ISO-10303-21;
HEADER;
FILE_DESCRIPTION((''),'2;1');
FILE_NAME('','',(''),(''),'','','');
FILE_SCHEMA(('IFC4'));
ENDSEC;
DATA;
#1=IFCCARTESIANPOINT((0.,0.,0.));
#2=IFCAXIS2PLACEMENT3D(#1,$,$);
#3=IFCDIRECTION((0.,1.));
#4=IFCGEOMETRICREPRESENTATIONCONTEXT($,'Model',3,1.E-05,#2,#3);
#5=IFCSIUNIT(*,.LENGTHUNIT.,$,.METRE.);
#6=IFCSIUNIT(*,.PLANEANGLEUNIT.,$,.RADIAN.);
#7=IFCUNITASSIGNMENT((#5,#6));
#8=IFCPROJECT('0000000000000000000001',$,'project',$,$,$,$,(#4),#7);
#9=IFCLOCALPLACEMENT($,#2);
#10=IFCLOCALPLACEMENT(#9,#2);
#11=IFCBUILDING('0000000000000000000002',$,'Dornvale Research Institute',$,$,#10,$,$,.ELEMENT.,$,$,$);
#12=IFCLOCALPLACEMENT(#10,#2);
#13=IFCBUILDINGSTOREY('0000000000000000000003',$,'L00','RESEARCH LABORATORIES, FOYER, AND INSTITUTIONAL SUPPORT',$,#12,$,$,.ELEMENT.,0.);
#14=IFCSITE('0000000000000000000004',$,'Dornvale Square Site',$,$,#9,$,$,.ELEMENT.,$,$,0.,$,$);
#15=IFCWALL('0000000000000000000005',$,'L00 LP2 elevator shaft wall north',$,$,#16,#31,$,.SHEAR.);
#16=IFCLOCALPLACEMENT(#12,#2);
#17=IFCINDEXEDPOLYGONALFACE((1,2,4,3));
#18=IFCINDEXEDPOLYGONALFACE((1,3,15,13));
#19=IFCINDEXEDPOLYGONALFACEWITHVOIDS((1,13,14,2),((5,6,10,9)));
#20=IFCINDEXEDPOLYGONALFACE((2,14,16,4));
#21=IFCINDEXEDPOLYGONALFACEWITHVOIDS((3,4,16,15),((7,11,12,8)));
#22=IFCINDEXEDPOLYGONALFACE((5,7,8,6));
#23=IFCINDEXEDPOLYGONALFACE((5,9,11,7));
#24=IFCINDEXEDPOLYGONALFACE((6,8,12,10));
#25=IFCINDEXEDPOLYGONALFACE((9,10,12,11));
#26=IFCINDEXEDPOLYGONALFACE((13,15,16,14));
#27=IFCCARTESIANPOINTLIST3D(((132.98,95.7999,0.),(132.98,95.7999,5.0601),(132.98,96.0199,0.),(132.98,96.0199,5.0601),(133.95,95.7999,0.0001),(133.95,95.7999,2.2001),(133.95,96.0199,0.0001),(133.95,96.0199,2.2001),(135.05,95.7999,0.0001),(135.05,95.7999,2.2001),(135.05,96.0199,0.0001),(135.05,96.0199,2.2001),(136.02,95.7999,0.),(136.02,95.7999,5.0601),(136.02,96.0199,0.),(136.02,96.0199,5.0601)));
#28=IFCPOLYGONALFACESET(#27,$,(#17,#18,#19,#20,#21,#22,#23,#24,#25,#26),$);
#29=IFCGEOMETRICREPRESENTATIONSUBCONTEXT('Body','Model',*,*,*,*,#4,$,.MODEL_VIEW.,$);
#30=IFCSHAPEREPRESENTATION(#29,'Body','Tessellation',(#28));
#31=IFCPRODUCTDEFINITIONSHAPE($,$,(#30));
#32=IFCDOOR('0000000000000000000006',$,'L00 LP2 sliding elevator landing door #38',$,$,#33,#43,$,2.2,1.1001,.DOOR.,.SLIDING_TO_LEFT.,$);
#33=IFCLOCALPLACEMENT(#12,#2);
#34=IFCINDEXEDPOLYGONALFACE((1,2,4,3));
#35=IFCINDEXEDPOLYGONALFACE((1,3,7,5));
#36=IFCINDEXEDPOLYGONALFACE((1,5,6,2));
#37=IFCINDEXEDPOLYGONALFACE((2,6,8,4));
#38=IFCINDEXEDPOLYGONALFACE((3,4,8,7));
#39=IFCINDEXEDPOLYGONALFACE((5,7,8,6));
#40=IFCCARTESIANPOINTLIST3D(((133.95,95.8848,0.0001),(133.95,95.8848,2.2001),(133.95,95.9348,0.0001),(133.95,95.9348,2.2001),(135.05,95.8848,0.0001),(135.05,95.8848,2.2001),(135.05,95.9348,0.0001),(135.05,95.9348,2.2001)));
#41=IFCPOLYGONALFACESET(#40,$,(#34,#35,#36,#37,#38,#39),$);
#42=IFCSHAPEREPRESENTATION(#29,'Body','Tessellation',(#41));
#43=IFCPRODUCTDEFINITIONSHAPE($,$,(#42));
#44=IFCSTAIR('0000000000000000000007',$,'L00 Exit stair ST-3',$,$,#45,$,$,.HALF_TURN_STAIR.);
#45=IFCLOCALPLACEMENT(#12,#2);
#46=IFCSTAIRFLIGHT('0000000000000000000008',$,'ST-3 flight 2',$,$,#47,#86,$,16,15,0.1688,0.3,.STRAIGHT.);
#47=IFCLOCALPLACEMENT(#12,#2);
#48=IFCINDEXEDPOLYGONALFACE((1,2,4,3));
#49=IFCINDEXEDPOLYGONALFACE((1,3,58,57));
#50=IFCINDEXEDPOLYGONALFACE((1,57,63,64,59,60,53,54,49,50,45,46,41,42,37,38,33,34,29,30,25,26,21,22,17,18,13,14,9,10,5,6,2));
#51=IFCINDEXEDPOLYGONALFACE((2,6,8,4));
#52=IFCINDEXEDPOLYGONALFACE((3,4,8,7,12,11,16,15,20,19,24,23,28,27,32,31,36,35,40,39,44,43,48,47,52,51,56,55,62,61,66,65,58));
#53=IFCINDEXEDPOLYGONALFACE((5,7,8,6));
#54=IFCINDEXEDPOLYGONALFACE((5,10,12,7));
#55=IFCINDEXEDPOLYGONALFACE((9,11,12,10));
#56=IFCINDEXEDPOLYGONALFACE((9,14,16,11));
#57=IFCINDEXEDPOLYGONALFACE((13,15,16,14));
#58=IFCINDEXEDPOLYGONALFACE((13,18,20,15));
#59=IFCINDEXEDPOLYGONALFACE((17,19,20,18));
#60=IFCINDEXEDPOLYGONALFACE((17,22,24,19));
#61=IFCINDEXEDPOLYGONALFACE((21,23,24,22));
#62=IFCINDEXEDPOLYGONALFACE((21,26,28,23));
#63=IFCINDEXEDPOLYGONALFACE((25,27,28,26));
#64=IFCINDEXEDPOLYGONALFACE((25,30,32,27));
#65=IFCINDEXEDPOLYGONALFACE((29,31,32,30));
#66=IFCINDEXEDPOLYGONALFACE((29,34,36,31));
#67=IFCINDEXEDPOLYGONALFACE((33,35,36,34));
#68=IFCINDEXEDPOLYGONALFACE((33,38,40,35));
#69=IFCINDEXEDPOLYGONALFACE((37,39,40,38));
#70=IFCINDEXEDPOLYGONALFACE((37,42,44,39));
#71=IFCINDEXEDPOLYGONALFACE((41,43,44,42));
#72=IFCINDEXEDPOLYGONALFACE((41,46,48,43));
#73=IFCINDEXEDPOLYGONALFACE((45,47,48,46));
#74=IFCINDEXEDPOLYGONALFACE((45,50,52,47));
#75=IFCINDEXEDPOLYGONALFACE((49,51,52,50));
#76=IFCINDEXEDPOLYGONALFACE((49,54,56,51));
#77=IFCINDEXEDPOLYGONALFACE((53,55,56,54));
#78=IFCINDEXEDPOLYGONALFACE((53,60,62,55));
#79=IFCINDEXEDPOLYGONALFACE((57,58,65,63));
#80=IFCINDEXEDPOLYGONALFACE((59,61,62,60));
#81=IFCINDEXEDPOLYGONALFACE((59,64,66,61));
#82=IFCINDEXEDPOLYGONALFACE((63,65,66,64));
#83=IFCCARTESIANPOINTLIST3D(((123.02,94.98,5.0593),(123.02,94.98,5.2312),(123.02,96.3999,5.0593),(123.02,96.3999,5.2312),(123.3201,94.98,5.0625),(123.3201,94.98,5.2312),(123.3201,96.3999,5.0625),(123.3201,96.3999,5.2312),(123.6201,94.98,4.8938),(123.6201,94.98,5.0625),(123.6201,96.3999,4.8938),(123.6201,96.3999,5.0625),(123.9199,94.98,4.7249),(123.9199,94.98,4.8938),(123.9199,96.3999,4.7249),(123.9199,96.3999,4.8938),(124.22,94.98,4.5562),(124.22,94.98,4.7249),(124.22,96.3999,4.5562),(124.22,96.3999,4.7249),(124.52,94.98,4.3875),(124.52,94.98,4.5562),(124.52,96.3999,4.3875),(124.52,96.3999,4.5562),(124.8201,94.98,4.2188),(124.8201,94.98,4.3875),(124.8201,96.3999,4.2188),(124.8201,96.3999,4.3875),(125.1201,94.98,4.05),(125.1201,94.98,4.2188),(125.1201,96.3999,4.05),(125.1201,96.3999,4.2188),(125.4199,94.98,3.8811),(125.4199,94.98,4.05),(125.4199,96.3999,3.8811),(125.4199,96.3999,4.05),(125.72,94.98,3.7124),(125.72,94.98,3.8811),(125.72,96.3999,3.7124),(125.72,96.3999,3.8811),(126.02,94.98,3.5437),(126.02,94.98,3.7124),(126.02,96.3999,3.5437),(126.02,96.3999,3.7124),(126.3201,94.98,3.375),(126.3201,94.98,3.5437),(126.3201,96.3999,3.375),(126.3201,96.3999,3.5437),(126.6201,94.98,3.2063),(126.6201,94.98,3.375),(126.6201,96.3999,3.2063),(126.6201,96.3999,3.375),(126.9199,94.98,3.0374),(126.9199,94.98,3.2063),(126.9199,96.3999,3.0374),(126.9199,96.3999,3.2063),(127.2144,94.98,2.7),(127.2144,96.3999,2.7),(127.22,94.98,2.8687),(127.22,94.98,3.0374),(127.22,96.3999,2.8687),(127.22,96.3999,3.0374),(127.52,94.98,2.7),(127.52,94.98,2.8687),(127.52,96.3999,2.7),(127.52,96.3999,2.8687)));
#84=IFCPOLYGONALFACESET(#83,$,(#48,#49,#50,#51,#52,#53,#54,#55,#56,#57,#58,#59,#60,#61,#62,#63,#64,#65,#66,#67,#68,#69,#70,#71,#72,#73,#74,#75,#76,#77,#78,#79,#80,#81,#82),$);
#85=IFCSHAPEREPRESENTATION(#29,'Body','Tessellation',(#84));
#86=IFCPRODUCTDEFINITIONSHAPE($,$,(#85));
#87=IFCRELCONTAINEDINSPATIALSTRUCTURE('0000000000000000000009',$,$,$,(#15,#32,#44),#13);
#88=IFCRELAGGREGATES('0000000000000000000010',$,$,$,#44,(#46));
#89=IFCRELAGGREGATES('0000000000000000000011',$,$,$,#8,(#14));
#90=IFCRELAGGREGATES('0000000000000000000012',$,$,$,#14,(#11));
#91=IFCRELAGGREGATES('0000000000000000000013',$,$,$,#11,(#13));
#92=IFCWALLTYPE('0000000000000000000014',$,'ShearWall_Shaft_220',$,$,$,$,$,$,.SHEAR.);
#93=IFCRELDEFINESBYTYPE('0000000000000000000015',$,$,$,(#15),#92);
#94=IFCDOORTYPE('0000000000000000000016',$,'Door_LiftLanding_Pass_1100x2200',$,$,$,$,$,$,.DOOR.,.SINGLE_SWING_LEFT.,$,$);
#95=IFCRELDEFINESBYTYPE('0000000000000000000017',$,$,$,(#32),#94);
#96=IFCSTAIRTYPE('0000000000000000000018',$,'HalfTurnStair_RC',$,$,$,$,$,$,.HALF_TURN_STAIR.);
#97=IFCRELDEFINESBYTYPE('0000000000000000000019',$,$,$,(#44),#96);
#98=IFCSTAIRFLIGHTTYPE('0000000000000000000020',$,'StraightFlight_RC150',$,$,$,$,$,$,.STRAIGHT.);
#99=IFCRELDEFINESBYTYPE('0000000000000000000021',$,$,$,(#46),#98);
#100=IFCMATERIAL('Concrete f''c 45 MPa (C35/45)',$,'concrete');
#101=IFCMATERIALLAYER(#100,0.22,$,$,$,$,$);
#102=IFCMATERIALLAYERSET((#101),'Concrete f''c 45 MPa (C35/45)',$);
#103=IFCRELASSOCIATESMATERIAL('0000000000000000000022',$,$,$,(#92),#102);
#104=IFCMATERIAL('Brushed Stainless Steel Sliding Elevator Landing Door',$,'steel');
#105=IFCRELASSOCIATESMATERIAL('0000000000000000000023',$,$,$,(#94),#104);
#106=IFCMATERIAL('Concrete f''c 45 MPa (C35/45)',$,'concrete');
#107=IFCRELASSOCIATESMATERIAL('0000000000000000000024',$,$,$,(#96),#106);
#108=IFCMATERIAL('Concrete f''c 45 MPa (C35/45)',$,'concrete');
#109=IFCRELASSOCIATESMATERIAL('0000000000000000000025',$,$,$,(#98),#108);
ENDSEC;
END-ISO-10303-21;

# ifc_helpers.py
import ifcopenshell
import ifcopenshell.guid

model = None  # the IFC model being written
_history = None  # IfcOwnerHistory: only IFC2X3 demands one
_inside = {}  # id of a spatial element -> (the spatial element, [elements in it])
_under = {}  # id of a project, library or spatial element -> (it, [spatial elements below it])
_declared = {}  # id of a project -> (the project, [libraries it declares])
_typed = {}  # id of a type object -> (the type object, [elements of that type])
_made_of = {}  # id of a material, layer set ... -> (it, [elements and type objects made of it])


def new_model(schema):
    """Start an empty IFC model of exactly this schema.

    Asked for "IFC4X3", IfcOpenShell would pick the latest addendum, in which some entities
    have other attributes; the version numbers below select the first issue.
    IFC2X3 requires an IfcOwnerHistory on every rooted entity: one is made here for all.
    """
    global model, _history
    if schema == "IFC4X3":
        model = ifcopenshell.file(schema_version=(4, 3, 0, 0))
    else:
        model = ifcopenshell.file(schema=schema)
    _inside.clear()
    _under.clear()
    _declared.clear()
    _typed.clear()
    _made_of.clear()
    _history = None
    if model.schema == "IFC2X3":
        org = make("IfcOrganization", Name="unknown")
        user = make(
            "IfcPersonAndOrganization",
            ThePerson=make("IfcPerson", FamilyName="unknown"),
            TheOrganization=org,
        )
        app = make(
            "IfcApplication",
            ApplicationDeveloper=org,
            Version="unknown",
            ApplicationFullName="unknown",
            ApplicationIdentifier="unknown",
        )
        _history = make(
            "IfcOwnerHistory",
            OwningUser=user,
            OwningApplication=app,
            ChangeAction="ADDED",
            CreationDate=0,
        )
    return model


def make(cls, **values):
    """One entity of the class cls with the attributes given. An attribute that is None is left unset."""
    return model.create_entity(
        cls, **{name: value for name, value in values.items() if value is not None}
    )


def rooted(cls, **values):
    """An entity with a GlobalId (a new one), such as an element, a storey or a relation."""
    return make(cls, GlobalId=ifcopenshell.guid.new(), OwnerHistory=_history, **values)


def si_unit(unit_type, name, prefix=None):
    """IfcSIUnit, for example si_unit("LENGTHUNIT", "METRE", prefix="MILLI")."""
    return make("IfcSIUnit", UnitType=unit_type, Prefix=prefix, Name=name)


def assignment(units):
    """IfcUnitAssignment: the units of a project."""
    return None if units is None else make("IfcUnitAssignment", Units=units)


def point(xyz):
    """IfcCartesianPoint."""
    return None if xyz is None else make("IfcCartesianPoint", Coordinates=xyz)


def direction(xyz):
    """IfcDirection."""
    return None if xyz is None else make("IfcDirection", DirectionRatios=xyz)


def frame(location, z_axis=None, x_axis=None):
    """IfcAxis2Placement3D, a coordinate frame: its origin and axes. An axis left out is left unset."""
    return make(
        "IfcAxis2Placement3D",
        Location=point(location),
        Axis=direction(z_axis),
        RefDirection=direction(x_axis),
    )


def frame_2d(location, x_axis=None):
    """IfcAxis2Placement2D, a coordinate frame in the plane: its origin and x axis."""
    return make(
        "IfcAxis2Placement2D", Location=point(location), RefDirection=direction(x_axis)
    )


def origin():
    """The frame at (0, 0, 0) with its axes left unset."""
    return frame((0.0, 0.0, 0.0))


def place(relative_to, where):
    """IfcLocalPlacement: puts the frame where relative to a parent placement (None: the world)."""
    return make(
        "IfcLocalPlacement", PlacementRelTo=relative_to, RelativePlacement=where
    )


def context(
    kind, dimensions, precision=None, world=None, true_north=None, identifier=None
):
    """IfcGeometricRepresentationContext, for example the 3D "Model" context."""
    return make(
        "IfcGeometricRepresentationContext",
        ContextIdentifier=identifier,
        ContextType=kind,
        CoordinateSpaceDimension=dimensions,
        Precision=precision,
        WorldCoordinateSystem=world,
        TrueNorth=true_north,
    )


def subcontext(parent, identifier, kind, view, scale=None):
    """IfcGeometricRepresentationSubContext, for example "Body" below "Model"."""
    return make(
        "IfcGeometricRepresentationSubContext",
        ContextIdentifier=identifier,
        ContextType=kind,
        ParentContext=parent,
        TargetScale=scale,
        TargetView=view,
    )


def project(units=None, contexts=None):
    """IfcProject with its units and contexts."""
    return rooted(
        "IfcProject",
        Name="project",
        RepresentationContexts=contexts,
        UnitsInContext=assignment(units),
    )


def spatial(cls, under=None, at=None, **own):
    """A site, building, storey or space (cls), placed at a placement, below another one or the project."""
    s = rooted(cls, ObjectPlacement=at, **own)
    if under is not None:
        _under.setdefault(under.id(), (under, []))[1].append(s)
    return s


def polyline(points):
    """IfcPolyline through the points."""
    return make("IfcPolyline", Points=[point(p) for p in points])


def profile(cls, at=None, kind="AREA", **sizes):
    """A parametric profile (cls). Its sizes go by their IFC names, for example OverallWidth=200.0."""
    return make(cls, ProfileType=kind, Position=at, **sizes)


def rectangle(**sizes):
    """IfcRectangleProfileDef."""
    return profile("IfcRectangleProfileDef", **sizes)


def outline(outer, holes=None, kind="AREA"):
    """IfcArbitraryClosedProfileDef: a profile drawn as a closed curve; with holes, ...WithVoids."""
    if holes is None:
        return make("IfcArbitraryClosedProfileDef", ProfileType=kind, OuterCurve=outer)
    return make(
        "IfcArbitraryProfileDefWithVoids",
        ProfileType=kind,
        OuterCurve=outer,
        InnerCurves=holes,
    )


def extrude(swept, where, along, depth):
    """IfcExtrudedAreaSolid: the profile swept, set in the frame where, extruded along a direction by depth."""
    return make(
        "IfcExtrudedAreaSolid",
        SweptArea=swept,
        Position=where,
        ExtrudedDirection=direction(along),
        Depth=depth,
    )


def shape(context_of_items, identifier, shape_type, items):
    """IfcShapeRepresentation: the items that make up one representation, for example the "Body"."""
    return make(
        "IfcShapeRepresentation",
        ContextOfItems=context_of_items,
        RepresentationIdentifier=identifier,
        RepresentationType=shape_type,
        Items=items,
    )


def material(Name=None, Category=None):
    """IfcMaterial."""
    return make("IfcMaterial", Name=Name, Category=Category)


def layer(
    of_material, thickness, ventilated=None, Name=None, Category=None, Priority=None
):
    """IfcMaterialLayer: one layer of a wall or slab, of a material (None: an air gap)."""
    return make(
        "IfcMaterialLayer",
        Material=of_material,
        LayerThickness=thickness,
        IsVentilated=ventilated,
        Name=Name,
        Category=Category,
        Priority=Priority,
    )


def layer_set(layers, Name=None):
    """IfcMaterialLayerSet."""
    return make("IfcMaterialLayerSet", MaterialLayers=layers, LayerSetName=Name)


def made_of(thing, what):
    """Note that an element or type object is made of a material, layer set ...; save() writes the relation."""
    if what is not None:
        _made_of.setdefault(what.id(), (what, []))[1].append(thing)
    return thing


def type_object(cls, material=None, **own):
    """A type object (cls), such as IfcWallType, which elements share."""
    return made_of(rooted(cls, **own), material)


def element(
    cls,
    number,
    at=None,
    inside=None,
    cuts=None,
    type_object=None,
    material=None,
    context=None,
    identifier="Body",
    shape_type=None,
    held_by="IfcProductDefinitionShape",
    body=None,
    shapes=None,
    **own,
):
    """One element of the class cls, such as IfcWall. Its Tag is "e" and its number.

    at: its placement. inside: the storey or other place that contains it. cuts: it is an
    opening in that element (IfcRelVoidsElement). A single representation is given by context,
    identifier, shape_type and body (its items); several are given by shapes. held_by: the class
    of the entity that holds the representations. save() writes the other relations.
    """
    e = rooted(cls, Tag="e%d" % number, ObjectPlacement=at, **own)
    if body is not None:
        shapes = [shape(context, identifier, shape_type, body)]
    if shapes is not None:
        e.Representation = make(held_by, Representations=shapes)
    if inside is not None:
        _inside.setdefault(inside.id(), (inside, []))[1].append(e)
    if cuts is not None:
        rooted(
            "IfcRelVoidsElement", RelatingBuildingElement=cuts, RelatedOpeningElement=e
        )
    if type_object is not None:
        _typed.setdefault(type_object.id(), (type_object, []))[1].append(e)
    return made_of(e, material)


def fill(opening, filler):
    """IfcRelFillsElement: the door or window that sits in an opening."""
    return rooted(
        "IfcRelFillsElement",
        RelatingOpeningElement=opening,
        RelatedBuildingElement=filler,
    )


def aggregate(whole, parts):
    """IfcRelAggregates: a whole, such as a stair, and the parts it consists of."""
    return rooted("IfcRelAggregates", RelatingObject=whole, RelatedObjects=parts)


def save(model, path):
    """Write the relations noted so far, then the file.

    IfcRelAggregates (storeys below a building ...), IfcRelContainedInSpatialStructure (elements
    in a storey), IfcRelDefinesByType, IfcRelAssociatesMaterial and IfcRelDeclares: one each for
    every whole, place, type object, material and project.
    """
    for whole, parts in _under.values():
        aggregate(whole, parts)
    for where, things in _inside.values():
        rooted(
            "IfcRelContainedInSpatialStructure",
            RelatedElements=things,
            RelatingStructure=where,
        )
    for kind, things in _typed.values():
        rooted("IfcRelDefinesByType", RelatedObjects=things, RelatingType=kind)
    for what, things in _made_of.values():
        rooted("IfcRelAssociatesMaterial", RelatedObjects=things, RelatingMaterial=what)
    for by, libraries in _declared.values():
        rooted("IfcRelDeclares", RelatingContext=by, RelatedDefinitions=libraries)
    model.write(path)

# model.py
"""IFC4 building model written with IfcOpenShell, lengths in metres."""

from ifc_helpers import new_model, si_unit, direction, frame, frame_2d, origin, place, context, subcontext, project, spatial, polyline, rectangle, outline, extrude, material, layer, layer_set, type_object, element, fill, aggregate, save


model = new_model("IFC4")

# Units and contexts
model_context = context("Model", 3, precision=1e-05, world=origin(), true_north=direction((0.0, 1.0)))
body_context = subcontext(model_context, "Body", "Model", "MODEL_VIEW")
ifc_project = project(units=[si_unit("LENGTHUNIT", "METRE"), si_unit("PLANEANGLEUNIT", "RADIAN")], contexts=[model_context])

# Site, building, storey
site_placement = place(None, origin())
site = spatial("IfcSite", under=ifc_project, at=site_placement, Name="Dornvale Square Site", CompositionType="ELEMENT", RefElevation=0.0)
building_placement = place(site_placement, origin())
building = spatial("IfcBuilding", under=site, at=building_placement, Name="Dornvale Research Institute", CompositionType="ELEMENT")
storey_placement = place(building_placement, origin())
storey = spatial("IfcBuildingStorey", under=building, at=storey_placement, Name="L00", Description="RESEARCH LABORATORIES, FOYER, AND INSTITUTIONAL SUPPORT", CompositionType="ELEMENT", Elevation=0.0)

# Wall, opening, door
ifc_material_1 = material(Name="Concrete f'c 45 MPa (C35/45)", Category="concrete")
ifc_layer_1 = layer(ifc_material_1, 0.22)
ifc_layer_set_1 = layer_set([ifc_layer_1], Name="Concrete f'c 45 MPa (C35/45)")
wall_type_1 = type_object("IfcWallType", Name="ShearWall_Shaft_220", PredefinedType="SHEAR", material=ifc_layer_set_1)
wall_1_placement = place(storey_placement, frame((132.98, 95.9099, 0.0), z_axis=(0.0, 0.0, 1.0), x_axis=(1.0, 0.0, 0.0)))
wall_1 = element("IfcWall", 1, at=wall_1_placement, inside=storey, type_object=wall_type_1, Name="L00 LP2 elevator shaft wall north", PredefinedType="SHEAR", context=body_context, shape_type="SweptSolid", body=[
    extrude(rectangle(XDim=3.04, YDim=0.22, at=frame_2d((1.52, 0.0))), origin(), (0.0, 0.0, 1.0), 5.0601),
])
opening_placement = place(wall_1_placement, frame((0.97, 0.0, 0.0)))
opening = element("IfcOpeningElement", 2, at=opening_placement, cuts=wall_1, PredefinedType="OPENING", context=body_context, shape_type="SweptSolid", body=[
    extrude(rectangle(XDim=1.1001, YDim=2.2, at=frame_2d((0.55, 1.1001))), frame((0.0, 0.125, 0.0), z_axis=(0.0, -1.0, 0.0), x_axis=(1.0, 0.0, 0.0)), (0.0, 0.0, 1.0), 0.25),
])
ifc_material_2 = material(Name="Brushed Stainless Steel Sliding Elevator Landing Door", Category="steel")
door_type = type_object("IfcDoorType", Name="Door_LiftLanding_Pass_1100x2200", OperationType="SINGLE_SWING_LEFT", PredefinedType="DOOR", material=ifc_material_2)
door_placement = place(opening_placement, origin())
door = element("IfcDoor", 3, at=door_placement, inside=storey, type_object=door_type, Name="L00 LP2 sliding elevator landing door #38", OperationType="SLIDING_TO_LEFT", OverallHeight=2.2, OverallWidth=1.1001, PredefinedType="DOOR", context=body_context, shape_type="SweptSolid", body=[
    extrude(rectangle(XDim=1.1001, YDim=2.2, at=frame_2d((0.55, 1.1001))), frame((0.0, 0.0249, 0.0), z_axis=(0.0, -1.0, 0.0), x_axis=(1.0, 0.0, 0.0)), (0.0, 0.0, 1.0), 0.05),
])
fill(opening, door)

# Stair, stair flight
ifc_material_3 = material(Name="Concrete f'c 45 MPa (C35/45)", Category="concrete")
stair_type = type_object("IfcStairType", Name="HalfTurnStair_RC", PredefinedType="HALF_TURN_STAIR", material=ifc_material_3)
stair_placement = place(storey_placement, origin())
stair = element("IfcStair", 4, at=stair_placement, inside=storey, type_object=stair_type, Name="L00 Exit stair ST-3", PredefinedType="HALF_TURN_STAIR")
ifc_material_4 = material(Name="Concrete f'c 45 MPa (C35/45)", Category="concrete")
stair_flight_type = type_object("IfcStairFlightType", Name="StraightFlight_RC150", PredefinedType="STRAIGHT", material=ifc_material_4)
stair_flight_placement = place(storey_placement, frame((127.52, 95.6899, 2.7), z_axis=(0.0, 0.0, 1.0), x_axis=(-1.0, 0.0, 0.0)))
stair_flight = element("IfcStairFlight", 5, at=stair_flight_placement, type_object=stair_flight_type, Name="ST-3 flight 2", NumberOfRisers=16, NumberOfTreads=15, PredefinedType="STRAIGHT", RiserHeight=0.1688, TreadLength=0.3, context=body_context, shape_type="SweptSolid", body=[
    extrude(outline(polyline([(0.0, 0.0), (0.0, 0.1687), (0.3, 0.1687), (0.3, 0.3374), (0.6001, 0.3374), (0.6001, 0.5063), (0.8999, 0.5063), (0.8999, 0.675), (1.2, 0.675), (1.2, 0.8438), (1.5, 0.8438), (1.5, 1.0125), (1.8, 1.0125), (1.8, 1.1812), (2.1001, 1.1812), (2.1001, 1.3501), (2.3999, 1.3501), (2.3999, 1.5188), (2.7, 1.5188), (2.7, 1.6875), (3.0, 1.6875), (3.0, 1.8562), (3.3, 1.8562), (3.3, 2.0249), (3.6001, 2.0249), (3.6001, 2.1938), (3.8999, 2.1938), (3.8999, 2.3625), (4.2, 2.3625), (4.2, 2.5312), (4.5, 2.5312), (4.5, 2.7), (4.5, 2.3594), (0.3057, 0.0), (0.0, 0.0)])), frame((0.0, 0.71, 0.0), z_axis=(0.0, -1.0, 0.0), x_axis=(1.0, 0.0, 0.0)), (0.0, 0.0, 1.0), 1.4199),
])
aggregate(stair, [stair_flight])

save(model, "model.ifc")
